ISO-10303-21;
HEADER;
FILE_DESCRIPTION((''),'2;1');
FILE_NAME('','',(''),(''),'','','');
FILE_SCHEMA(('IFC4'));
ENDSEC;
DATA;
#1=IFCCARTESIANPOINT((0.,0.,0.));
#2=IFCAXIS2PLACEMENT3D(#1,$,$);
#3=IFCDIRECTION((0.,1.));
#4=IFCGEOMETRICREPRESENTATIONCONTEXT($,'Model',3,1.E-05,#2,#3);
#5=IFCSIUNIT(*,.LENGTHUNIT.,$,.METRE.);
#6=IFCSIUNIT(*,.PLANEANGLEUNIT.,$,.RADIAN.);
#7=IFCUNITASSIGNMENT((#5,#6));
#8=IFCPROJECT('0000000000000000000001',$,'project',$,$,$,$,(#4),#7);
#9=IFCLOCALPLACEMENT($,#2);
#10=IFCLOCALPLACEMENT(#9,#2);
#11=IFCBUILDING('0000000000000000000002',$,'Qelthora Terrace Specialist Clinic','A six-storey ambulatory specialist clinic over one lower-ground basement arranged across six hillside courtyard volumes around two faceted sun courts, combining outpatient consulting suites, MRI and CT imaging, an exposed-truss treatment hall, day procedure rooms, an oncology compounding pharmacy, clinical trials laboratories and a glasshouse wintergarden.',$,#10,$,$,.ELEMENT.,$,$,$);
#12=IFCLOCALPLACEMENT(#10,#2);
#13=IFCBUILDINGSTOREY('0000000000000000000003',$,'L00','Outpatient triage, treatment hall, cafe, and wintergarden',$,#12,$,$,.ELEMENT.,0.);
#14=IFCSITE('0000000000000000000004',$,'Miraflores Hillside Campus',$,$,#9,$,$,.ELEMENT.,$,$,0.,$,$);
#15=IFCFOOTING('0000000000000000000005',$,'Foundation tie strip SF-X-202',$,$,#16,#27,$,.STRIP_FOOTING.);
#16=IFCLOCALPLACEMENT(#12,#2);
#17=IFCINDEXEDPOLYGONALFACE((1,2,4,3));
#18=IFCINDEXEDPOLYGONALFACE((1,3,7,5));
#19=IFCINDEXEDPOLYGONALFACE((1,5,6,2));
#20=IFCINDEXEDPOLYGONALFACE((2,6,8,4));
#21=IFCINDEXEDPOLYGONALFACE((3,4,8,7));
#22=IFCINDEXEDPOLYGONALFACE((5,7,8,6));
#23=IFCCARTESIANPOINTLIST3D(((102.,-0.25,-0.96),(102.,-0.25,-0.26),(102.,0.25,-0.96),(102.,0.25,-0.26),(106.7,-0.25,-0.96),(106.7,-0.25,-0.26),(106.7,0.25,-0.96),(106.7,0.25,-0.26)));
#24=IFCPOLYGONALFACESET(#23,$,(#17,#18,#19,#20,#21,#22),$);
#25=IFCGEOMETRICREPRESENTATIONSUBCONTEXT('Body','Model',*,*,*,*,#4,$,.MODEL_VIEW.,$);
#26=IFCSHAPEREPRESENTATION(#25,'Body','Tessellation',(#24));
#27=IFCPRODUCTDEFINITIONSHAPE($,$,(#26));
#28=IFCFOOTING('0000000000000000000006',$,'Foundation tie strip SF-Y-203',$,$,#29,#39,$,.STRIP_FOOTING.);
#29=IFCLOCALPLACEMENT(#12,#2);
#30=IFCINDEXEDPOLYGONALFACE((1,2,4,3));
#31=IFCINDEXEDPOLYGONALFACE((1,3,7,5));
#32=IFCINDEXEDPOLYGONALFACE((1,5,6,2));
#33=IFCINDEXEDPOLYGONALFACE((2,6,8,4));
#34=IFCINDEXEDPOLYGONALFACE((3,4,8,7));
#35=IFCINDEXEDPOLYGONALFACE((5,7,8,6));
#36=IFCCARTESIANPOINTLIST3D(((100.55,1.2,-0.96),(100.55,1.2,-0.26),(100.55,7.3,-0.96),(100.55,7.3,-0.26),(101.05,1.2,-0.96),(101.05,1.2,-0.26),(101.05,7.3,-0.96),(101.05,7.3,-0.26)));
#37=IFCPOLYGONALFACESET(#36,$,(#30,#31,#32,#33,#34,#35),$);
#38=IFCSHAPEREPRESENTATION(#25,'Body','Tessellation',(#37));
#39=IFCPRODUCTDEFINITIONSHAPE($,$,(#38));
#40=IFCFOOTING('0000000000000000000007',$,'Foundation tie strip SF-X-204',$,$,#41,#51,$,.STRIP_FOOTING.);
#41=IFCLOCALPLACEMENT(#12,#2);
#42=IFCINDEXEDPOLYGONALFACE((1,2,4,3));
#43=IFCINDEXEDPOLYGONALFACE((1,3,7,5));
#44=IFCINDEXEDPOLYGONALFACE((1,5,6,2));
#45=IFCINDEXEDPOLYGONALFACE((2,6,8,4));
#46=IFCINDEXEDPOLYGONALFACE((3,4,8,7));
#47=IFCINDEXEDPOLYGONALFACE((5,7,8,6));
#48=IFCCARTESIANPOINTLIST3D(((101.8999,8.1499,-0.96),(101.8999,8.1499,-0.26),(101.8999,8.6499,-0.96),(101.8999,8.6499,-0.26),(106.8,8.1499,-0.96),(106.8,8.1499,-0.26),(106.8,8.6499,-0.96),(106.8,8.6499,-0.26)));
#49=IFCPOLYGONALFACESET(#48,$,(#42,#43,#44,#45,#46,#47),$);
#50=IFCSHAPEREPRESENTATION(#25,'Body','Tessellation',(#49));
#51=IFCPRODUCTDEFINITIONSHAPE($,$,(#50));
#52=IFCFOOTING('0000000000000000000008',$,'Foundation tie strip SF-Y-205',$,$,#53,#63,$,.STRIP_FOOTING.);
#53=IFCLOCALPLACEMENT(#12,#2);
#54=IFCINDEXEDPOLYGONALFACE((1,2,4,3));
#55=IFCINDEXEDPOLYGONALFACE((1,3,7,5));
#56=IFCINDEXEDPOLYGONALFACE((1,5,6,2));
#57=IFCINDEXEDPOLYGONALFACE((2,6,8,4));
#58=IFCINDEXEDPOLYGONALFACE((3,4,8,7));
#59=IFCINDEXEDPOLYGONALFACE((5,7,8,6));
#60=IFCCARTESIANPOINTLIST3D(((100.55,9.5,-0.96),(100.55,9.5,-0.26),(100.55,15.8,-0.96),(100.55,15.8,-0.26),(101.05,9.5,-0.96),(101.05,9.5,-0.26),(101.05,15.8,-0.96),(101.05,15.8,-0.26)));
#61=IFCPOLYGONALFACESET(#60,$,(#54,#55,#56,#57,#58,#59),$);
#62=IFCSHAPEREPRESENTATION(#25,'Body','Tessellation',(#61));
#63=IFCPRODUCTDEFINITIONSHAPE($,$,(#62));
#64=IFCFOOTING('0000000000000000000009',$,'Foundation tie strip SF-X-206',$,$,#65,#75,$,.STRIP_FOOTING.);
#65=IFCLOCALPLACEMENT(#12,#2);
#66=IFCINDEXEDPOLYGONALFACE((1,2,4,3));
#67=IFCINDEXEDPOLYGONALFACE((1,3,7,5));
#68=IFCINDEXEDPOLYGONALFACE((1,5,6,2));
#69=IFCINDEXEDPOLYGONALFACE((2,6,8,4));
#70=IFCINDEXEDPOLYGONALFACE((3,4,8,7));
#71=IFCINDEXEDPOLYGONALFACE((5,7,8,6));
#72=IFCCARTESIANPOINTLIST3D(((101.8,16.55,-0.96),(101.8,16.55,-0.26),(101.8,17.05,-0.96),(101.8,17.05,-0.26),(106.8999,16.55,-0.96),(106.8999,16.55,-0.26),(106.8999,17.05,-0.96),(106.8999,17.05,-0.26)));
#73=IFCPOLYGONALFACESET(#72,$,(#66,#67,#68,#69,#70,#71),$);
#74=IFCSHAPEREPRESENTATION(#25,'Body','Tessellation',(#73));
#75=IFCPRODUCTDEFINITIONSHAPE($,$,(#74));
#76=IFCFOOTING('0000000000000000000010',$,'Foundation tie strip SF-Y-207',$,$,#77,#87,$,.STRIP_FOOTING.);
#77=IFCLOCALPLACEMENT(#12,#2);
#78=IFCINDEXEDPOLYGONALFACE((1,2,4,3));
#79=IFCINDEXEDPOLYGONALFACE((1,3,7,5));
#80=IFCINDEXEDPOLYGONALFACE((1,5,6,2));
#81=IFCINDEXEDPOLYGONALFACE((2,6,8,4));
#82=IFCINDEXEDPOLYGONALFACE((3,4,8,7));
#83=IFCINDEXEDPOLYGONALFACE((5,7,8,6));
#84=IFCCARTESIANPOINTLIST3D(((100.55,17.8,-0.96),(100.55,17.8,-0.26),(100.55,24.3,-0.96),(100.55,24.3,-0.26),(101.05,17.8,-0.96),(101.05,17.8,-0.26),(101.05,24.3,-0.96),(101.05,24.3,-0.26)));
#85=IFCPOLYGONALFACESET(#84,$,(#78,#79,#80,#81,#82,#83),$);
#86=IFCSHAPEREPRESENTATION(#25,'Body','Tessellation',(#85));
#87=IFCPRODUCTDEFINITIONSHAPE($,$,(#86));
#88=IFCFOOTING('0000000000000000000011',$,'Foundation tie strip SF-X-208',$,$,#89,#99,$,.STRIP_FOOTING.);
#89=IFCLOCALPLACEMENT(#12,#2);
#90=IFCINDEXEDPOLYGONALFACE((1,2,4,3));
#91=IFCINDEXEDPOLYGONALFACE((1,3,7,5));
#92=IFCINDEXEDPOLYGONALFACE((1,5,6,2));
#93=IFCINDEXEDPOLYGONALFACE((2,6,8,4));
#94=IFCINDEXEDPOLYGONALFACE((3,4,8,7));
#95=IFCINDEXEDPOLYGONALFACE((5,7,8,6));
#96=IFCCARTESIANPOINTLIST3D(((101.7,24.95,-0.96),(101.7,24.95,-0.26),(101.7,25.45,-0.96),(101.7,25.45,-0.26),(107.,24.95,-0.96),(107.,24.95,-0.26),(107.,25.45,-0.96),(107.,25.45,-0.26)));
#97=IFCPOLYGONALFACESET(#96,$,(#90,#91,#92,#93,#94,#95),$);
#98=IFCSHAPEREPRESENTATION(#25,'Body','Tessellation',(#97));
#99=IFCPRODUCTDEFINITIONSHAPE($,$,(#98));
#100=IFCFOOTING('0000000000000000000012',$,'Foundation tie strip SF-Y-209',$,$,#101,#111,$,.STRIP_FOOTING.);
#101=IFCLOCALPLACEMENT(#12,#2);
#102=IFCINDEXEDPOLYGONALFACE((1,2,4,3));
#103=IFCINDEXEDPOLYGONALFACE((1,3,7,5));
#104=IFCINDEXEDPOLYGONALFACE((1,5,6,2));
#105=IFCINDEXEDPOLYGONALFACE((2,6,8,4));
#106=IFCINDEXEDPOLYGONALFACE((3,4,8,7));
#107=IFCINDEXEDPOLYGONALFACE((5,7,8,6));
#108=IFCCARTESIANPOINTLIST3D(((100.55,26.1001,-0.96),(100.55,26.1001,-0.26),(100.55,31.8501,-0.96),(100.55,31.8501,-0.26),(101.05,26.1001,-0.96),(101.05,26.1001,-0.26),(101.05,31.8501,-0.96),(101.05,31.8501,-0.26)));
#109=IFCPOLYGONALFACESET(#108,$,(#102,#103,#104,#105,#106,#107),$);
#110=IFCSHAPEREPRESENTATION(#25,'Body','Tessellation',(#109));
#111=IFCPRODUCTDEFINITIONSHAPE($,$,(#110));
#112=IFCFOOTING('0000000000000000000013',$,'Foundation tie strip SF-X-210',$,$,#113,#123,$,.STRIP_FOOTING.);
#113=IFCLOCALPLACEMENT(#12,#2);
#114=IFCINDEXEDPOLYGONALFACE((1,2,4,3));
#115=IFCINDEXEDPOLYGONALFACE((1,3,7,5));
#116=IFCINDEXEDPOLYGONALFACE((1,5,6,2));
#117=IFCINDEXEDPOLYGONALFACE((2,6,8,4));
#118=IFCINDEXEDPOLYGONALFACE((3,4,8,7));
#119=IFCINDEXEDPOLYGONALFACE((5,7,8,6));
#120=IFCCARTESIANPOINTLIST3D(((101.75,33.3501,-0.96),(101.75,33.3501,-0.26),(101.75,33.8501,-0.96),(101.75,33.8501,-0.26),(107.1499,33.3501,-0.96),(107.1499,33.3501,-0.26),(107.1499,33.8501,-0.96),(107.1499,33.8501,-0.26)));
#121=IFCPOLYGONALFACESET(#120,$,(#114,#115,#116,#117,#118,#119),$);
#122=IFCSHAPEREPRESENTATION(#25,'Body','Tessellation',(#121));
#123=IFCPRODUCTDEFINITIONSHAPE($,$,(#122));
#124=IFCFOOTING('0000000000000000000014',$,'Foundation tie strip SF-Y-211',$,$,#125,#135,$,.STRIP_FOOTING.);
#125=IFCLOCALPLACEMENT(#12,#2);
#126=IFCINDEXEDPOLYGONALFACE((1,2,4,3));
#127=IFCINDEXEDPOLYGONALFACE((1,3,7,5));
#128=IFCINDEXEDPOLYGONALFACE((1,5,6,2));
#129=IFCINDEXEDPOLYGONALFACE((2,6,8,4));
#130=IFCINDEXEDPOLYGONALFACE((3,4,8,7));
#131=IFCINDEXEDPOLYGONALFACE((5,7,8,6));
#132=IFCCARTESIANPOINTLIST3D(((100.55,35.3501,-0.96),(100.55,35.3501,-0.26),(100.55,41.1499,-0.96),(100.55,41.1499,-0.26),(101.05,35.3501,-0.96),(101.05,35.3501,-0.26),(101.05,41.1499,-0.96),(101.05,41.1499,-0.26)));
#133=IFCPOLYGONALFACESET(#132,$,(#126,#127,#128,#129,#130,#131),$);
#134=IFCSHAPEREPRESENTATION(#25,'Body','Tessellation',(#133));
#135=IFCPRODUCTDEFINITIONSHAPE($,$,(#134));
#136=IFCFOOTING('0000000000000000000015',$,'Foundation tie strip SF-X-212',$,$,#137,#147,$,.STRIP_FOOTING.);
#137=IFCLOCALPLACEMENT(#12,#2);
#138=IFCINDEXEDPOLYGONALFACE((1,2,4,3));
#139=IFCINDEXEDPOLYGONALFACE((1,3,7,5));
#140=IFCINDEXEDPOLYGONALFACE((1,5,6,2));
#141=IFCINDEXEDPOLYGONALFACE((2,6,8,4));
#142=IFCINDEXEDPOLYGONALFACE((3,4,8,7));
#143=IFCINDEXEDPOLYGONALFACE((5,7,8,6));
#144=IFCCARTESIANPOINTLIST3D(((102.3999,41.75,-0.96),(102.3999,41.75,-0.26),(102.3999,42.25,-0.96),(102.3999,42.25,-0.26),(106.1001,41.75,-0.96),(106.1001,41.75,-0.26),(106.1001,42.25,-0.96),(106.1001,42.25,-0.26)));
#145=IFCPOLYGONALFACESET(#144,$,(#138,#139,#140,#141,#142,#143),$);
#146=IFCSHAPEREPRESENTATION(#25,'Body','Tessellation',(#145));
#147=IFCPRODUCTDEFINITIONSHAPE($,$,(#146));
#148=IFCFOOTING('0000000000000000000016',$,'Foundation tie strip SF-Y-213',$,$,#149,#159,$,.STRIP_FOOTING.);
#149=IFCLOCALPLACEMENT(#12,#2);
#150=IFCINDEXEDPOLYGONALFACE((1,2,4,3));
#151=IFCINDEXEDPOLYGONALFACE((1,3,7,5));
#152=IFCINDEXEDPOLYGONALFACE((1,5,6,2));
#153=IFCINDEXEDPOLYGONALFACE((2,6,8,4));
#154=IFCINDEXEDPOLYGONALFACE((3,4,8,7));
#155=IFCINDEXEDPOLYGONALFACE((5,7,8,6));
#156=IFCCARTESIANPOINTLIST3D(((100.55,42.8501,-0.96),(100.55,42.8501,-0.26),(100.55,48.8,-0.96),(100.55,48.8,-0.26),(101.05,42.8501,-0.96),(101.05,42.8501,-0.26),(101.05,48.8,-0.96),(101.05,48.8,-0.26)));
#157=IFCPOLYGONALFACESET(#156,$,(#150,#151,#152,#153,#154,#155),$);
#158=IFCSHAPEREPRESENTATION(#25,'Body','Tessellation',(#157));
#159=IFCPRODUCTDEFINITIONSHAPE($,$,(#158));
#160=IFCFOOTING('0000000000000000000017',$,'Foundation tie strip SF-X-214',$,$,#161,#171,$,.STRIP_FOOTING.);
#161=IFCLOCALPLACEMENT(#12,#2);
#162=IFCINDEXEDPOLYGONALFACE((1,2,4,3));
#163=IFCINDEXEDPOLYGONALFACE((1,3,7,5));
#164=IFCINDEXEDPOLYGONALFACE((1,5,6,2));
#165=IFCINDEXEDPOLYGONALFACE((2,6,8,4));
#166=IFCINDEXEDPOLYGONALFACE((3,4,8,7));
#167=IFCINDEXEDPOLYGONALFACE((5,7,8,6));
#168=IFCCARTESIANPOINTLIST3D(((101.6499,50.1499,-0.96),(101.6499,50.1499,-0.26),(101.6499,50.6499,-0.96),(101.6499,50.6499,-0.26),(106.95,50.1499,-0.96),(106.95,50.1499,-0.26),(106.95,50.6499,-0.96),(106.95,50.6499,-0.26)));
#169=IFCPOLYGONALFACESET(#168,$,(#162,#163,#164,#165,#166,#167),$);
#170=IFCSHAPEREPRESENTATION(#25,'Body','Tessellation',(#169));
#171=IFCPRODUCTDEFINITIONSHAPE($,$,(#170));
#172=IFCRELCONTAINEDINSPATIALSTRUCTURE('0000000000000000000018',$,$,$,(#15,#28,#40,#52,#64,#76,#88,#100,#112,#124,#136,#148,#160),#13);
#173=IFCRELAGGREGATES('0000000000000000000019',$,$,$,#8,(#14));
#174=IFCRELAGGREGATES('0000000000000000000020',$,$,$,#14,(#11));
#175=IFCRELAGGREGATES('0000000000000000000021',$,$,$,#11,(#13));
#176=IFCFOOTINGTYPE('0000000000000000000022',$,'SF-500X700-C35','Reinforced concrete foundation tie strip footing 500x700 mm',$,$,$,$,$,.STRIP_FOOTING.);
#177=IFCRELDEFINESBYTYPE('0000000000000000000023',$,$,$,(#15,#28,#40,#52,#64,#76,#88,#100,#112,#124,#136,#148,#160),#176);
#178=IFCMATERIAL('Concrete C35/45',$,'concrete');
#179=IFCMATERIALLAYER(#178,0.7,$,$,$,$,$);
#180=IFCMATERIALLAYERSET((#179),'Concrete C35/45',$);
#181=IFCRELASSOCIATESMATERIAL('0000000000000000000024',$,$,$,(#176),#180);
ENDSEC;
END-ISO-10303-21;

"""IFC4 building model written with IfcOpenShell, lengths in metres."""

from ifc_helpers import new_model, si_unit, direction, frame, origin, place, context, subcontext, project, spatial, polyline, outline, extrude, material, layer, layer_set, type_object, element, save


model = new_model("IFC4")

# Units and contexts
model_context = context("Model", 3, precision=1e-05, world=origin(), true_north=direction((0.0, 1.0)))
body_context = subcontext(model_context, "Body", "Model", "MODEL_VIEW")
ifc_project = project(units=[si_unit("LENGTHUNIT", "METRE"), si_unit("PLANEANGLEUNIT", "RADIAN")], contexts=[model_context])

# Site, building, storey
site_placement = place(None, origin())
site = spatial("IfcSite", under=ifc_project, at=site_placement, Name="Miraflores Hillside Campus", CompositionType="ELEMENT", RefElevation=0.0)
building_placement = place(site_placement, origin())
building = spatial("IfcBuilding", under=site, at=building_placement, Name="Qelthora Terrace Specialist Clinic", Description="A six-storey ambulatory specialist clinic over one lower-ground basement arranged across six hillside courtyard volumes around two faceted sun courts, combining outpatient consulting suites, MRI and CT imaging, an exposed-truss treatment hall, day procedure rooms, an oncology compounding pharmacy, clinical trials laboratories and a glasshouse wintergarden.", CompositionType="ELEMENT")
storey_placement = place(building_placement, origin())
storey = spatial("IfcBuildingStorey", under=building, at=storey_placement, Name="L00", Description="Outpatient triage, treatment hall, cafe, and wintergarden", CompositionType="ELEMENT", Elevation=0.0)

# Footings
ifc_material = material(Name="Concrete C35/45", Category="concrete")
ifc_layer = layer(ifc_material, 0.7)
ifc_layer_set = layer_set([ifc_layer], Name="Concrete C35/45")
footing_type = type_object("IfcFootingType", Name="SF-500X700-C35", Description="Reinforced concrete foundation tie strip footing 500x700 mm", PredefinedType="STRIP_FOOTING", material=ifc_layer_set)
footing_1_placement = place(storey_placement, frame((0.0, 0.0, -0.96)))
element("IfcFooting", 1, at=footing_1_placement, inside=storey, type_object=footing_type, Name="Foundation tie strip SF-X-202", PredefinedType="STRIP_FOOTING", context=body_context, shape_type="SweptSolid", body=[
    extrude(outline(polyline([(102.0, -0.25), (106.7, -0.25), (106.7, 0.25), (102.0, 0.25), (102.0, -0.25)])), origin(), (0.0, 0.0, 1.0), 0.7),
])
footing_2_placement = place(storey_placement, frame((0.0, 0.0, -0.96)))
element("IfcFooting", 2, at=footing_2_placement, inside=storey, type_object=footing_type, Name="Foundation tie strip SF-Y-203", PredefinedType="STRIP_FOOTING", context=body_context, shape_type="SweptSolid", body=[
    extrude(outline(polyline([(100.55, 1.2), (101.05, 1.2), (101.05, 7.3), (100.55, 7.3), (100.55, 1.2)])), origin(), (0.0, 0.0, 1.0), 0.7),
])
footing_3_placement = place(storey_placement, frame((0.0, 0.0, -0.96)))
element("IfcFooting", 3, at=footing_3_placement, inside=storey, type_object=footing_type, Name="Foundation tie strip SF-X-204", PredefinedType="STRIP_FOOTING", context=body_context, shape_type="SweptSolid", body=[
    extrude(outline(polyline([(101.8999, 8.1499), (106.8, 8.1499), (106.8, 8.6499), (101.8999, 8.6499), (101.8999, 8.1499)])), origin(), (0.0, 0.0, 1.0), 0.7),
])
footing_4_placement = place(storey_placement, frame((0.0, 0.0, -0.96)))
element("IfcFooting", 4, at=footing_4_placement, inside=storey, type_object=footing_type, Name="Foundation tie strip SF-Y-205", PredefinedType="STRIP_FOOTING", context=body_context, shape_type="SweptSolid", body=[
    extrude(outline(polyline([(100.55, 9.5), (101.05, 9.5), (101.05, 15.8), (100.55, 15.8), (100.55, 9.5)])), origin(), (0.0, 0.0, 1.0), 0.7),
])
footing_5_placement = place(storey_placement, frame((0.0, 0.0, -0.96)))
element("IfcFooting", 5, at=footing_5_placement, inside=storey, type_object=footing_type, Name="Foundation tie strip SF-X-206", PredefinedType="STRIP_FOOTING", context=body_context, shape_type="SweptSolid", body=[
    extrude(outline(polyline([(101.8, 16.55), (106.8999, 16.55), (106.8999, 17.05), (101.8, 17.05), (101.8, 16.55)])), origin(), (0.0, 0.0, 1.0), 0.7),
])
footing_6_placement = place(storey_placement, frame((0.0, 0.0, -0.96)))
element("IfcFooting", 6, at=footing_6_placement, inside=storey, type_object=footing_type, Name="Foundation tie strip SF-Y-207", PredefinedType="STRIP_FOOTING", context=body_context, shape_type="SweptSolid", body=[
    extrude(outline(polyline([(100.55, 17.8), (101.05, 17.8), (101.05, 24.3), (100.55, 24.3), (100.55, 17.8)])), origin(), (0.0, 0.0, 1.0), 0.7),
])
footing_7_placement = place(storey_placement, frame((0.0, 0.0, -0.96)))
element("IfcFooting", 7, at=footing_7_placement, inside=storey, type_object=footing_type, Name="Foundation tie strip SF-X-208", PredefinedType="STRIP_FOOTING", context=body_context, shape_type="SweptSolid", body=[
    extrude(outline(polyline([(101.7, 24.95), (107.0, 24.95), (107.0, 25.45), (101.7, 25.45), (101.7, 24.95)])), origin(), (0.0, 0.0, 1.0), 0.7),
])
footing_8_placement = place(storey_placement, frame((0.0, 0.0, -0.96)))
element("IfcFooting", 8, at=footing_8_placement, inside=storey, type_object=footing_type, Name="Foundation tie strip SF-Y-209", PredefinedType="STRIP_FOOTING", context=body_context, shape_type="SweptSolid", body=[
    extrude(outline(polyline([(100.55, 26.1001), (101.05, 26.1001), (101.05, 31.8501), (100.55, 31.8501), (100.55, 26.1001)])), origin(), (0.0, 0.0, 1.0), 0.7),
])
footing_9_placement = place(storey_placement, frame((0.0, 0.0, -0.96)))
element("IfcFooting", 9, at=footing_9_placement, inside=storey, type_object=footing_type, Name="Foundation tie strip SF-X-210", PredefinedType="STRIP_FOOTING", context=body_context, shape_type="SweptSolid", body=[
    extrude(outline(polyline([(101.75, 33.3501), (107.1499, 33.3501), (107.1499, 33.8501), (101.75, 33.8501), (101.75, 33.3501)])), origin(), (0.0, 0.0, 1.0), 0.7),
])
footing_10_placement = place(storey_placement, frame((0.0, 0.0, -0.96)))
element("IfcFooting", 10, at=footing_10_placement, inside=storey, type_object=footing_type, Name="Foundation tie strip SF-Y-211", PredefinedType="STRIP_FOOTING", context=body_context, shape_type="SweptSolid", body=[
    extrude(outline(polyline([(100.55, 35.3501), (101.05, 35.3501), (101.05, 41.1499), (100.55, 41.1499), (100.55, 35.3501)])), origin(), (0.0, 0.0, 1.0), 0.7),
])
footing_11_placement = place(storey_placement, frame((0.0, 0.0, -0.96)))
element("IfcFooting", 11, at=footing_11_placement, inside=storey, type_object=footing_type, Name="Foundation tie strip SF-X-212", PredefinedType="STRIP_FOOTING", context=body_context, shape_type="SweptSolid", body=[
    extrude(outline(polyline([(102.3999, 41.75), (106.1001, 41.75), (106.1001, 42.25), (102.3999, 42.25), (102.3999, 41.75)])), origin(), (0.0, 0.0, 1.0), 0.7),
])
footing_12_placement = place(storey_placement, frame((0.0, 0.0, -0.96)))
element("IfcFooting", 12, at=footing_12_placement, inside=storey, type_object=footing_type, Name="Foundation tie strip SF-Y-213", PredefinedType="STRIP_FOOTING", context=body_context, shape_type="SweptSolid", body=[
    extrude(outline(polyline([(100.55, 42.8501), (101.05, 42.8501), (101.05, 48.8), (100.55, 48.8), (100.55, 42.8501)])), origin(), (0.0, 0.0, 1.0), 0.7),
])
footing_13_placement = place(storey_placement, frame((0.0, 0.0, -0.96)))
element("IfcFooting", 13, at=footing_13_placement, inside=storey, type_object=footing_type, Name="Foundation tie strip SF-X-214", PredefinedType="STRIP_FOOTING", context=body_context, shape_type="SweptSolid", body=[
    extrude(outline(polyline([(101.6499, 50.1499), (106.95, 50.1499), (106.95, 50.6499), (101.6499, 50.6499), (101.6499, 50.1499)])), origin(), (0.0, 0.0, 1.0), 0.7),
])

save(model, "model.ifc")
